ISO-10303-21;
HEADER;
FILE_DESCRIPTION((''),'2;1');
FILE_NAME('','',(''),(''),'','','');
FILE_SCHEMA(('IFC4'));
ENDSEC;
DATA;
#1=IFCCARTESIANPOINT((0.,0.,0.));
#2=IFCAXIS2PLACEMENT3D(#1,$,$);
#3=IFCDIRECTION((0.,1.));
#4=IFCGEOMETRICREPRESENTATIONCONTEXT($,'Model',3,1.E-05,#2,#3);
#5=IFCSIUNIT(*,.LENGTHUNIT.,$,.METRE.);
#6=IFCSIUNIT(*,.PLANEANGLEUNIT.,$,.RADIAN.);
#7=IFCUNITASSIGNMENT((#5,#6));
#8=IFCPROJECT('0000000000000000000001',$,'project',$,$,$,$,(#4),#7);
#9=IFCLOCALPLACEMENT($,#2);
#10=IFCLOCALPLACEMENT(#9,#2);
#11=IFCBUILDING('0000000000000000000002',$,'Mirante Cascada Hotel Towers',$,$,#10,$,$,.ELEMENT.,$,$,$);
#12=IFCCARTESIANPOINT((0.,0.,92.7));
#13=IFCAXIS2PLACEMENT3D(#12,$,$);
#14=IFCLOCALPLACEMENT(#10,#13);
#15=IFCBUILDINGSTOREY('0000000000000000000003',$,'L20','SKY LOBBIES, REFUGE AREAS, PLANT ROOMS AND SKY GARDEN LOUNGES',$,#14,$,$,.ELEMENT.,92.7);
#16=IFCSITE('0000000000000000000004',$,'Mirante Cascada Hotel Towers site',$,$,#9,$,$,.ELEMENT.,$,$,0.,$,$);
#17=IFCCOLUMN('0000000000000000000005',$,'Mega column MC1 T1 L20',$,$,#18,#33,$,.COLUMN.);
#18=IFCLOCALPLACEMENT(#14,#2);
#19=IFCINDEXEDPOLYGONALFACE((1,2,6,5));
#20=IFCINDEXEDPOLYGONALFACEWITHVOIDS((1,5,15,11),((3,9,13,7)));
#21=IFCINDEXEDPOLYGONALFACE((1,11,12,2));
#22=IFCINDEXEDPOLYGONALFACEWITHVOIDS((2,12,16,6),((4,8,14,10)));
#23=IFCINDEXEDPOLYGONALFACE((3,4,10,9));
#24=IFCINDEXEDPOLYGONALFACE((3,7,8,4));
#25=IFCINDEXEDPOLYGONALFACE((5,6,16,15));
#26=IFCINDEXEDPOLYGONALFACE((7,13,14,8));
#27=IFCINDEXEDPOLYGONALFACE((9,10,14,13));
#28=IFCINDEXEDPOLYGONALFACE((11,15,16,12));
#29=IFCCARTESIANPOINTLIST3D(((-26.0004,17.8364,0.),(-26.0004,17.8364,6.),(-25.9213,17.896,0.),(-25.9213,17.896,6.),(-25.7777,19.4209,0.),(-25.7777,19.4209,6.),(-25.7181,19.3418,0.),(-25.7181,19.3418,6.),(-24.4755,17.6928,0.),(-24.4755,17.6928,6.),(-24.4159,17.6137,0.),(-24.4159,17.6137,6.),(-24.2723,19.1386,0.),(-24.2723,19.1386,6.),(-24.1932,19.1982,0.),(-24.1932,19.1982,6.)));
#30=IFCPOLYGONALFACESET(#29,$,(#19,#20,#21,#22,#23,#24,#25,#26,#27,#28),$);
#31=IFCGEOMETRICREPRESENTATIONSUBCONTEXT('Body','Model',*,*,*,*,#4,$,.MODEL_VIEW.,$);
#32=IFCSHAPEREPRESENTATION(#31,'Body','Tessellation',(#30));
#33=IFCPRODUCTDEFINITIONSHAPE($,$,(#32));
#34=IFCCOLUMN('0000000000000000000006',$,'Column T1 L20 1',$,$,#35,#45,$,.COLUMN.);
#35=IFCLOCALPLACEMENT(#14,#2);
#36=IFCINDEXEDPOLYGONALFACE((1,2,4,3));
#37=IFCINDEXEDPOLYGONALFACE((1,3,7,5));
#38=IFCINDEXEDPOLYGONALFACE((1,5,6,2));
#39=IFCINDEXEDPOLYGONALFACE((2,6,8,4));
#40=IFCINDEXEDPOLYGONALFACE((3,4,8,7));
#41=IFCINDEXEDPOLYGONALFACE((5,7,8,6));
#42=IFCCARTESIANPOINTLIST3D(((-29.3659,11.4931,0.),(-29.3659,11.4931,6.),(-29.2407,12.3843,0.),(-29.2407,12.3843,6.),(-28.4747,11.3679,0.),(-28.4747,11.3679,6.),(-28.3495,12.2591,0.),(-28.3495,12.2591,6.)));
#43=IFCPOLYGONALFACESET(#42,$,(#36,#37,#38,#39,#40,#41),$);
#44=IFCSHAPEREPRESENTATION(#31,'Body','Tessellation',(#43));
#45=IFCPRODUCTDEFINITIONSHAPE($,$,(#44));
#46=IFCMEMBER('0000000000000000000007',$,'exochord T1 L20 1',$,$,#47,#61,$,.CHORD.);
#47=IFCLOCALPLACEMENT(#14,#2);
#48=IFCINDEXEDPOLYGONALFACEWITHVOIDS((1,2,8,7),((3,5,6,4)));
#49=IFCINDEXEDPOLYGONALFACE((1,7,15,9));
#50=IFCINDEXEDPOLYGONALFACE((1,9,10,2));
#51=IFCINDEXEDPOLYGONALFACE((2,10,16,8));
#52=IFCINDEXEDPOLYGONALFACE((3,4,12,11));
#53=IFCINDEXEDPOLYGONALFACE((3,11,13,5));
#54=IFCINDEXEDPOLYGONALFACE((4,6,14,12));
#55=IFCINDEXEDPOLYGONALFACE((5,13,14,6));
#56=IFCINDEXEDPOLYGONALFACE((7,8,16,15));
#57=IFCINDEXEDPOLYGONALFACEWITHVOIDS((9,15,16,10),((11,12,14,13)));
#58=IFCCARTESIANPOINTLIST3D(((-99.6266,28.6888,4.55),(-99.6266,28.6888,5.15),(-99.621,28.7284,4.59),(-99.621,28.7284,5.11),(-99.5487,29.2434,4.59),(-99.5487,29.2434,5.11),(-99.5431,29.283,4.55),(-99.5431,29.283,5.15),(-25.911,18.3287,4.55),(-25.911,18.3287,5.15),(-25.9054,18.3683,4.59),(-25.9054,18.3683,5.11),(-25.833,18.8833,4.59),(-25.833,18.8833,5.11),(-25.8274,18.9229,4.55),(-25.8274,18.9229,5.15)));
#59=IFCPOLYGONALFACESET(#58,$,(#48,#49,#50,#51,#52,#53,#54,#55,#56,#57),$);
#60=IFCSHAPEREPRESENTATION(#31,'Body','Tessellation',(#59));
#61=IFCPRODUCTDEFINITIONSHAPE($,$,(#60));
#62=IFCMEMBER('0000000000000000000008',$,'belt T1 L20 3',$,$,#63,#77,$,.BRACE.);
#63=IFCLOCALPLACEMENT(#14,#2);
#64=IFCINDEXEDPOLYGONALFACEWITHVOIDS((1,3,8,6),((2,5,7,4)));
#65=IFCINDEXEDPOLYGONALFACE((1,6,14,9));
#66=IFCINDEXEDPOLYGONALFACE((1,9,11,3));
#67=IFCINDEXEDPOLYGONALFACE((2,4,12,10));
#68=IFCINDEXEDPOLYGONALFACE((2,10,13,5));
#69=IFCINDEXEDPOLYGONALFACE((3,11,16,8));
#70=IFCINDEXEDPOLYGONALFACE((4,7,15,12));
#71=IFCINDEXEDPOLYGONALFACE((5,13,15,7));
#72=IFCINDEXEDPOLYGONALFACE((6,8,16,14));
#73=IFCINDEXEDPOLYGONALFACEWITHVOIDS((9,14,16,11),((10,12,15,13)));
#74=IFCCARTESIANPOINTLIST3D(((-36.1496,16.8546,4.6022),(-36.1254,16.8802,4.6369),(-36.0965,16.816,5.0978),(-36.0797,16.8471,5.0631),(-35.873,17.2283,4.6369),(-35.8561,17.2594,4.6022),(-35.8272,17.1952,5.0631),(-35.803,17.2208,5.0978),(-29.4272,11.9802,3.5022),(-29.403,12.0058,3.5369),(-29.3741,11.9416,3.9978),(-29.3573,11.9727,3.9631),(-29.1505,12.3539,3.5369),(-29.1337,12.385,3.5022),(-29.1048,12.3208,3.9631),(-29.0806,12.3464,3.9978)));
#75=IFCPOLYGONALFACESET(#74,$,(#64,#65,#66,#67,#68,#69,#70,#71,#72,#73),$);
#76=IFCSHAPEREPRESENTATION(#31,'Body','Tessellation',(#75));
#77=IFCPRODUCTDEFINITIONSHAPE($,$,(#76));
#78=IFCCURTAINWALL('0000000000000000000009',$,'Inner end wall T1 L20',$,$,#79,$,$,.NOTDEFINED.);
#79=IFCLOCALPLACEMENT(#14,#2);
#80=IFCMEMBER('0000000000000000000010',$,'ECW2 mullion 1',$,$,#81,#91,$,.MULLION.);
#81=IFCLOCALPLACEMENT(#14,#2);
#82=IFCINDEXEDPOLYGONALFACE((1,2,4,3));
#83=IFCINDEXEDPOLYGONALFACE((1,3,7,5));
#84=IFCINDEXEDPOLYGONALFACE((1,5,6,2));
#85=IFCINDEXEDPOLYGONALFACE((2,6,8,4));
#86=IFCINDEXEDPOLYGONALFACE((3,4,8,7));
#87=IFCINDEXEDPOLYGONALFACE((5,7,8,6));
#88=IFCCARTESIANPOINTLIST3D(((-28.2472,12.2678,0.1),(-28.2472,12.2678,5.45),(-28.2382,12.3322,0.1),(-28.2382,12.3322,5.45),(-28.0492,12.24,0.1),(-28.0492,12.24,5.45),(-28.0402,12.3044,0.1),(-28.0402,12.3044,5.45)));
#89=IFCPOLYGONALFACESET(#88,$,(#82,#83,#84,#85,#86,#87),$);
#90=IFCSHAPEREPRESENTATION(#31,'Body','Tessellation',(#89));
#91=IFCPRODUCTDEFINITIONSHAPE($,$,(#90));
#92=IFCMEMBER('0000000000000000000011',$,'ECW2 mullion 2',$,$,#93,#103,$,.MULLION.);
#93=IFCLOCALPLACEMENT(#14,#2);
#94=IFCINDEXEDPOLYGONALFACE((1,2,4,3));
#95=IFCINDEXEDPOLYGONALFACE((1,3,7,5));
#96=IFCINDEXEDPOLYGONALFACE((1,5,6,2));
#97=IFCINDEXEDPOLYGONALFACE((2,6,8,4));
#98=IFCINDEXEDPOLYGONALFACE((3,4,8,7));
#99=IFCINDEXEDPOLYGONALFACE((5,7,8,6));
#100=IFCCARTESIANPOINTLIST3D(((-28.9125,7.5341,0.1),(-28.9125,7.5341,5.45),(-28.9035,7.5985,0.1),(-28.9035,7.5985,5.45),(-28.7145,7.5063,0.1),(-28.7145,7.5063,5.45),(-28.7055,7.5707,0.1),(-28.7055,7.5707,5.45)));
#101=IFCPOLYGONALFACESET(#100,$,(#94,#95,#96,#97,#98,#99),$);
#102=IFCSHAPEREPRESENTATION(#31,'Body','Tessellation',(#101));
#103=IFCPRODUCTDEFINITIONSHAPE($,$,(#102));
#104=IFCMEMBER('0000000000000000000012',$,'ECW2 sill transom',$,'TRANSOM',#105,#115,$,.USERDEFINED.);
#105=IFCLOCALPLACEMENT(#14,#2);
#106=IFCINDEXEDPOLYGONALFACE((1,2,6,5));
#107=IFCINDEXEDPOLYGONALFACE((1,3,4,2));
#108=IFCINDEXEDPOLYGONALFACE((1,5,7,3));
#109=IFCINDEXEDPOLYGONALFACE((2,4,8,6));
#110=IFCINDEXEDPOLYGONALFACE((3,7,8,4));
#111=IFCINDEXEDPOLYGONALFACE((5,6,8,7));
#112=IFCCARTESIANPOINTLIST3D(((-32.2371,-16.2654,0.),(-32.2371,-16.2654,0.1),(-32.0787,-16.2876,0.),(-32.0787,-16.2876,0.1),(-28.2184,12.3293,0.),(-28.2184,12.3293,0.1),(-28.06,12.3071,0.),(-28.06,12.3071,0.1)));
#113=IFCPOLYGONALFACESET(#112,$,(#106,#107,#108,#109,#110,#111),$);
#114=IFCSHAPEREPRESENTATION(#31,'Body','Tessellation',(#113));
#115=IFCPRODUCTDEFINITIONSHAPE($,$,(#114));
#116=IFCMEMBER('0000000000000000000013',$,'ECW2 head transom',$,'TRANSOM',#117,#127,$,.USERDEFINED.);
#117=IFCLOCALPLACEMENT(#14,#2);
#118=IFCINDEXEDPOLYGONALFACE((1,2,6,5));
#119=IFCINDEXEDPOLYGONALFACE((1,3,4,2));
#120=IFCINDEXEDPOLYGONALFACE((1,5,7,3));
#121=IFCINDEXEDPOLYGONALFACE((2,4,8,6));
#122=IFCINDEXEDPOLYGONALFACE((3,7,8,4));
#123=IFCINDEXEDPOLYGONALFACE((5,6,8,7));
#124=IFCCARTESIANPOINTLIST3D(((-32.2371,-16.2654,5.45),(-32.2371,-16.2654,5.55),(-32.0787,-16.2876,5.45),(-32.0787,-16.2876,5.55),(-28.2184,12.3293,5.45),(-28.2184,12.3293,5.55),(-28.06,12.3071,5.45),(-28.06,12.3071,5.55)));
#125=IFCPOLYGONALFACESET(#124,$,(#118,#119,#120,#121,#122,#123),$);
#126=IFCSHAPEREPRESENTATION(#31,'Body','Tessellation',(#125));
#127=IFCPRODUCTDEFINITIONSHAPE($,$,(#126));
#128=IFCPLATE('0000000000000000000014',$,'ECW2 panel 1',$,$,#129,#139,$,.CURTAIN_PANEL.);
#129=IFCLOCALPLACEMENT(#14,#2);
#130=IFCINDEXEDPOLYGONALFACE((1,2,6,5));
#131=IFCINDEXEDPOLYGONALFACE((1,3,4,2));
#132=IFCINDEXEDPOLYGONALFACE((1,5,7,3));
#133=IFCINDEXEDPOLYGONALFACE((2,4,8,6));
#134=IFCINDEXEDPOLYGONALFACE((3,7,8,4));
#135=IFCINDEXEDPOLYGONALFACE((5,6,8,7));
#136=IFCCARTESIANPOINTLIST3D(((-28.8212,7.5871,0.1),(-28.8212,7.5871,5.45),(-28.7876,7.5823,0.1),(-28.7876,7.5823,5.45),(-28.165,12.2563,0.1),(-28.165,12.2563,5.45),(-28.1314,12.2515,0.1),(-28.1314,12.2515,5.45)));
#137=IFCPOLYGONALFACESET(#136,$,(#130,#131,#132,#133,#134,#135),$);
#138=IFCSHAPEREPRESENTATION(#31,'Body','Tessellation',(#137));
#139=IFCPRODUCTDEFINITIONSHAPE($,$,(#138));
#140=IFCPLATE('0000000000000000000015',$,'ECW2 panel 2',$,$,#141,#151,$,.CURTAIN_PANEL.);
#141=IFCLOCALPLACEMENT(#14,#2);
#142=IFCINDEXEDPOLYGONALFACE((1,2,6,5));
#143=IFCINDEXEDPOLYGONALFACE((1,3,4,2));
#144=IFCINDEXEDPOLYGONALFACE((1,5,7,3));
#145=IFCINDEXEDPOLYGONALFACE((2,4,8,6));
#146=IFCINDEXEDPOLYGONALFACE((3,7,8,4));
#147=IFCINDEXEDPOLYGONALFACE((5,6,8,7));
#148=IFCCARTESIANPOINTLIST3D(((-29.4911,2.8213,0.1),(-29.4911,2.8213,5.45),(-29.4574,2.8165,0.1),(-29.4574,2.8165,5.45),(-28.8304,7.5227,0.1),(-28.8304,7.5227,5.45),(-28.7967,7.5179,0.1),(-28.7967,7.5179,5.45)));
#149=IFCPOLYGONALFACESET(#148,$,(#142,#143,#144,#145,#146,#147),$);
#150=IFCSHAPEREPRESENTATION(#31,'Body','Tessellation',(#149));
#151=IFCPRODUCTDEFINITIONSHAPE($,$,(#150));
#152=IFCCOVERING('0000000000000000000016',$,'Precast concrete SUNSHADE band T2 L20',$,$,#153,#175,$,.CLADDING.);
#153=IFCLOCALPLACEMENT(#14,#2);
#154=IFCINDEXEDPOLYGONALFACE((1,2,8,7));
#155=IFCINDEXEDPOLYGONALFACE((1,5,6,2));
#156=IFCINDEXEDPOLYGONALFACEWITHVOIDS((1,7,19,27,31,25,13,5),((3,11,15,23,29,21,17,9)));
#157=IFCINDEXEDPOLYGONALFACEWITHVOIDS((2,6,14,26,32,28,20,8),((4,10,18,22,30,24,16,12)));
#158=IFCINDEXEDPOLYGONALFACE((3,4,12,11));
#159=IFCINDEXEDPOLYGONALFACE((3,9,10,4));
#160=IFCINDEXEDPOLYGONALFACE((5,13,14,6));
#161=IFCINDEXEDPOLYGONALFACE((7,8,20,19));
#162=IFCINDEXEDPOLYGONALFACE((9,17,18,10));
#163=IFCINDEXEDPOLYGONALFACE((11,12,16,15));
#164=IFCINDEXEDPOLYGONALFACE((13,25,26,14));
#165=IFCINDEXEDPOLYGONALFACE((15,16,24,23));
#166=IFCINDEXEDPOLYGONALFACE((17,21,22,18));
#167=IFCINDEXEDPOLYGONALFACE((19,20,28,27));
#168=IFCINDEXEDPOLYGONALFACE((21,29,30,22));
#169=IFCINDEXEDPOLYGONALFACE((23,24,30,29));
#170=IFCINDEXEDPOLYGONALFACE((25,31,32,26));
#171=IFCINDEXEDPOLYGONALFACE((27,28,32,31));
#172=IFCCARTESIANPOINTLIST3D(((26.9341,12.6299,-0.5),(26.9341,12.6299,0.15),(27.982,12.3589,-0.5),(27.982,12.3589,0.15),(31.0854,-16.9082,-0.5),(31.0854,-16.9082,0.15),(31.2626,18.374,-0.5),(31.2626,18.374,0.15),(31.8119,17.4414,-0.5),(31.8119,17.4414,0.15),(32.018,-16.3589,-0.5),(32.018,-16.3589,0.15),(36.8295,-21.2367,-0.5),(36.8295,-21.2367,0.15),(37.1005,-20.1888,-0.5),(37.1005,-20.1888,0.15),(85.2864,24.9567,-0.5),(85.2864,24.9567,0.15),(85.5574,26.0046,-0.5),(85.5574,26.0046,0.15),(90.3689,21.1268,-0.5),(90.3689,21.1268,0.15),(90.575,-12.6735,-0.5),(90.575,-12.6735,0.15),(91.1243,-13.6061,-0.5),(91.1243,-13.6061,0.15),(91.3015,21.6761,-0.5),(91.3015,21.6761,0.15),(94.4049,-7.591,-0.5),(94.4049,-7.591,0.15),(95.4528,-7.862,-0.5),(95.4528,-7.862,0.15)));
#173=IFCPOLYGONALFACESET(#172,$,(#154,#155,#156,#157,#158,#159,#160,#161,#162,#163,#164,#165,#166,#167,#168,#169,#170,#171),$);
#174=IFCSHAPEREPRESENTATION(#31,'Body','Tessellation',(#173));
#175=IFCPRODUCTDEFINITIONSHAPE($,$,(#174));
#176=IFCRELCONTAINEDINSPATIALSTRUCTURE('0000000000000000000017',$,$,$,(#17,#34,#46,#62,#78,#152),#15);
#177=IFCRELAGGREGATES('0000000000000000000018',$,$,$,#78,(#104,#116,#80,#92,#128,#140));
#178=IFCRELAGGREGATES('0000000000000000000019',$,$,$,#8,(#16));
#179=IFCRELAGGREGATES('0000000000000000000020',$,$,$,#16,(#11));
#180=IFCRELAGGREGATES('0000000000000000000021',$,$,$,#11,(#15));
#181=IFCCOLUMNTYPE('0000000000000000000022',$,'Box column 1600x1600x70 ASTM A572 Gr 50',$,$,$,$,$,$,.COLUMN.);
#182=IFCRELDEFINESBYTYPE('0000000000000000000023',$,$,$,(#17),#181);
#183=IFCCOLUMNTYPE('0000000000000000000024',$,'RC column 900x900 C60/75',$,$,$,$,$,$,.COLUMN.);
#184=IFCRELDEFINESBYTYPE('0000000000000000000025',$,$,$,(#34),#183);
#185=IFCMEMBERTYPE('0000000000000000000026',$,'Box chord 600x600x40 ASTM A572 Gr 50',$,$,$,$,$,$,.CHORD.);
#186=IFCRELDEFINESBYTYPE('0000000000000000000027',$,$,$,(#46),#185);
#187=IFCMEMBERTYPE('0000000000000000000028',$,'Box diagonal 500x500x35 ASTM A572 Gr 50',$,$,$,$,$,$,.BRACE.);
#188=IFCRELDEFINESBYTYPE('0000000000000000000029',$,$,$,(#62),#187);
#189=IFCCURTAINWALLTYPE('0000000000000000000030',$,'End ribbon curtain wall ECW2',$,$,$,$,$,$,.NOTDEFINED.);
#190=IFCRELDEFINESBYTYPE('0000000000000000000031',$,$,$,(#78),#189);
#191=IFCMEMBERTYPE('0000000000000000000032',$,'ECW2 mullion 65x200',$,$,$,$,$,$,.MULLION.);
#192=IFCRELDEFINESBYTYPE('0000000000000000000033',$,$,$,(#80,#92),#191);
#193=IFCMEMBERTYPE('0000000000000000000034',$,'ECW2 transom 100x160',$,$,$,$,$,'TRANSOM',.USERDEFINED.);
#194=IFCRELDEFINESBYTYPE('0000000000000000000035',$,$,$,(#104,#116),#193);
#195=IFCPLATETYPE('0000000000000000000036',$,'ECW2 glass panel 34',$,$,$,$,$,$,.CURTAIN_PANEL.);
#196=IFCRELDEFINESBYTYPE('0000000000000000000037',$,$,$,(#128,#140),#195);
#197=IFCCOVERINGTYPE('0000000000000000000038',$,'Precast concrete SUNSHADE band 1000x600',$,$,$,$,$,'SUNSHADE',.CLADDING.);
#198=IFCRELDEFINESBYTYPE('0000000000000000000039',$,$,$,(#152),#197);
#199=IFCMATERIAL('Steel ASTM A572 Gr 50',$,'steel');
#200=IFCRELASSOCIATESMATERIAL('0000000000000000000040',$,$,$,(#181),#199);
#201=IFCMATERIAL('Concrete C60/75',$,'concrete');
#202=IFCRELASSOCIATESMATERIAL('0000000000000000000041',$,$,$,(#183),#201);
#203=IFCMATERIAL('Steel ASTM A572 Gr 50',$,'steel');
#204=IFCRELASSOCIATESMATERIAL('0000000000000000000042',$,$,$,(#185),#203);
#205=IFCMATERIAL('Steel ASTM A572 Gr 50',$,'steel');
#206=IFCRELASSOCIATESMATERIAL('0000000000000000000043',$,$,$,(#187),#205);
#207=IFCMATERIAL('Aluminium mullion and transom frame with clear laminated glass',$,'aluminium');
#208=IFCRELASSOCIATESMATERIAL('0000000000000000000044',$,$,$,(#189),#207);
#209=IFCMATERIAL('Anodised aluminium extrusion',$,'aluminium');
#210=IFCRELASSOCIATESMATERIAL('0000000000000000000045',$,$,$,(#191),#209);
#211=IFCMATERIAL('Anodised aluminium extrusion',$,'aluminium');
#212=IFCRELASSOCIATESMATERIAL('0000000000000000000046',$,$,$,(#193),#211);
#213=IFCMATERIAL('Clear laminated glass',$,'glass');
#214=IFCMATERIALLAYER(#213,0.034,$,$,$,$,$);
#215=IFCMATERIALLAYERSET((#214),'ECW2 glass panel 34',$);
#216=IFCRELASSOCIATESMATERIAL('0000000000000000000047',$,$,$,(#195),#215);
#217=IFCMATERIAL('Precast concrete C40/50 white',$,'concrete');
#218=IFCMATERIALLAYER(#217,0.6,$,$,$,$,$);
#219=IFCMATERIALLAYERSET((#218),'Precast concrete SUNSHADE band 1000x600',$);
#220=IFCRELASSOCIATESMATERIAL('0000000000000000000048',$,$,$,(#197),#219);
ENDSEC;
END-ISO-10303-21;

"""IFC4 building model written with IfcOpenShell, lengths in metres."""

from ifc_helpers import new_model, si_unit, direction, frame, origin, origin_2d, place, context, subcontext, project, spatial, polyline, rectangle, hollow_rectangle, outline, extrude, material, layer, layer_set, material_profile, profile_set, type_object, element, aggregate, save


model = new_model("IFC4")

# Units and contexts
model_context = context("Model", 3, precision=1e-05, world=origin(), true_north=direction((0.0, 1.0)))
body_context = subcontext(model_context, "Body", "Model", "MODEL_VIEW")
ifc_project = project(units=[si_unit("LENGTHUNIT", "METRE"), si_unit("PLANEANGLEUNIT", "RADIAN")], contexts=[model_context])

# Site, building, storey
site_placement = place(None, origin())
site = spatial("IfcSite", under=ifc_project, at=site_placement, Name="Mirante Cascada Hotel Towers site", CompositionType="ELEMENT", RefElevation=0.0)
building_placement = place(site_placement, origin())
building = spatial("IfcBuilding", under=site, at=building_placement, Name="Mirante Cascada Hotel Towers", CompositionType="ELEMENT")
storey_placement = place(building_placement, frame((0.0, 0.0, 92.7)))
storey = spatial("IfcBuildingStorey", under=building, at=storey_placement, Name="L20", Description="SKY LOBBIES, REFUGE AREAS, PLANT ROOMS AND SKY GARDEN LOUNGES", CompositionType="ELEMENT", Elevation=92.7)

# Columns
ifc_material_1 = material(Name="Steel ASTM A572 Gr 50", Category="steel")
ifc_material_profile_1 = material_profile(ifc_material_1, hollow_rectangle(XDim=1.6, YDim=1.6, WallThickness=0.07, at=origin_2d()), Name="Box column 1600x1600x70 ASTM A572 Gr 50")
ifc_profile_set_1 = profile_set([ifc_material_profile_1], Name="Steel ASTM A572 Gr 50")
column_type_1 = type_object("IfcColumnType", Name="Box column 1600x1600x70 ASTM A572 Gr 50", PredefinedType="COLUMN", material=ifc_profile_set_1)
column_1_placement = place(storey_placement, frame((-25.0968, 18.5173, 0.0), z_axis=(0.0, 0.0, 1.0), x_axis=(-0.990268, 0.139173, 0.0)))
element("IfcColumn", 1, at=column_1_placement, inside=storey, type_object=column_type_1, Name="Mega column MC1 T1 L20", PredefinedType="COLUMN", context=body_context, shape_type="SweptSolid", body=[
    extrude(hollow_rectangle(XDim=1.6, YDim=1.6, WallThickness=0.07, at=origin_2d()), origin(), (0.0, 0.0, 1.0), 6.0),
])
ifc_material_2 = material(Name="Concrete C60/75", Category="concrete")
ifc_material_profile_2 = material_profile(ifc_material_2, rectangle(XDim=0.9, YDim=0.9, at=origin_2d()), Name="RC column 900x900 C60/75")
ifc_profile_set_2 = profile_set([ifc_material_profile_2], Name="Concrete C60/75")
column_type_2 = type_object("IfcColumnType", Name="RC column 900x900 C60/75", PredefinedType="COLUMN", material=ifc_profile_set_2)
column_2_placement = place(storey_placement, frame((-28.8577, 11.8761, 0.0), z_axis=(0.0, 0.0, 1.0), x_axis=(-0.990268, 0.139173, 0.0)))
element("IfcColumn", 2, at=column_2_placement, inside=storey, type_object=column_type_2, Name="Column T1 L20 1", PredefinedType="COLUMN", context=body_context, shape_type="SweptSolid", body=[
    extrude(rectangle(XDim=0.9, YDim=0.9, at=origin_2d()), origin(), (0.0, 0.0, 1.0), 6.0),
])

# Members
ifc_material_3 = material(Name="Steel ASTM A572 Gr 50", Category="steel")
ifc_material_profile_3 = material_profile(ifc_material_3, hollow_rectangle(XDim=0.6, YDim=0.6, WallThickness=0.04, at=origin_2d()), Name="Box chord 600x600x40 ASTM A572 Gr 50")
ifc_profile_set_3 = profile_set([ifc_material_profile_3], Name="Steel ASTM A572 Gr 50")
member_type_1 = type_object("IfcMemberType", Name="Box chord 600x600x40 ASTM A572 Gr 50", PredefinedType="CHORD", material=ifc_profile_set_3)
member_1_placement = place(storey_placement, frame((-25.8692, 18.6258, 4.85), z_axis=(-0.990268, 0.139174, 0.0), x_axis=(-0.139174, -0.990268, 0.0)))
element("IfcMember", 3, at=member_1_placement, inside=storey, type_object=member_type_1, Name="exochord T1 L20 1", PredefinedType="CHORD", context=body_context, shape_type="SweptSolid", body=[
    extrude(hollow_rectangle(XDim=0.6, YDim=0.6, WallThickness=0.04, at=origin_2d()), origin(), (0.0, 0.0, 1.0), 74.4401),
])
ifc_material_4 = material(Name="Steel ASTM A572 Gr 50", Category="steel")
ifc_material_profile_4 = material_profile(ifc_material_4, hollow_rectangle(XDim=0.5, YDim=0.5, WallThickness=0.035, at=origin_2d()), Name="Box diagonal 500x500x35 ASTM A572 Gr 50")
ifc_profile_set_4 = profile_set([ifc_material_profile_4], Name="Steel ASTM A572 Gr 50")
member_type_2 = type_object("IfcMemberType", Name="Box diagonal 500x500x35 ASTM A572 Gr 50", PredefinedType="BRACE", material=ifc_profile_set_4)
member_2_placement = place(storey_placement, frame((-29.2539, 12.1633, 3.75), z_axis=(-0.802561, 0.581936, 0.131325), x_axis=(-0.58702, -0.809573, 0.0)))
element("IfcMember", 4, at=member_2_placement, inside=storey, type_object=member_type_2, Name="belt T1 L20 3", PredefinedType="BRACE", context=body_context, shape_type="SweptSolid", body=[
    extrude(hollow_rectangle(XDim=0.5, YDim=0.5, WallThickness=0.035, at=origin_2d()), origin(), (0.0, 0.0, 1.0), 8.3762),
])

# Curtain wall, members, plates
ifc_material_5 = material(Name="Aluminium mullion and transom frame with clear laminated glass", Category="aluminium")
curtain_wall_type = type_object("IfcCurtainWallType", Name="End ribbon curtain wall ECW2", PredefinedType="NOTDEFINED", material=ifc_material_5)
curtain_wall_placement = place(storey_placement, origin())
curtain_wall = element("IfcCurtainWall", 5, at=curtain_wall_placement, inside=storey, type_object=curtain_wall_type, Name="Inner end wall T1 L20", PredefinedType="NOTDEFINED")
ifc_material_6 = material(Name="Anodised aluminium extrusion", Category="aluminium")
ifc_material_profile_5 = material_profile(ifc_material_6, rectangle(XDim=0.2, YDim=0.065, at=origin_2d()), Name="ECW2 MULLION 65x200")
ifc_profile_set_5 = profile_set([ifc_material_profile_5], Name="Anodised aluminium extrusion")
member_type_3 = type_object("IfcMemberType", Name="ECW2 mullion 65x200", PredefinedType="MULLION", material=ifc_profile_set_5)
member_3_placement = place(storey_placement, frame((-28.1437, 12.2861, 0.1), z_axis=(0.0, 0.0, 1.0), x_axis=(0.990268, -0.139173, 0.0)))
member_3 = element("IfcMember", 6, at=member_3_placement, type_object=member_type_3, Name="ECW2 mullion 1", PredefinedType="MULLION", context=body_context, shape_type="SweptSolid", body=[
    extrude(rectangle(XDim=0.2, YDim=0.065, at=origin_2d()), origin(), (0.0, 0.0, 1.0), 5.35),
])
member_4_placement = place(storey_placement, frame((-28.809, 7.5524, 0.1), z_axis=(0.0, 0.0, 1.0), x_axis=(0.990268, -0.139173, 0.0)))
member_4 = element("IfcMember", 7, at=member_4_placement, type_object=member_type_3, Name="ECW2 mullion 2", PredefinedType="MULLION", context=body_context, shape_type="SweptSolid", body=[
    extrude(rectangle(XDim=0.2, YDim=0.065, at=origin_2d()), origin(), (0.0, 0.0, 1.0), 5.35),
])
ifc_material_7 = material(Name="Anodised aluminium extrusion", Category="aluminium")
ifc_material_profile_6 = material_profile(ifc_material_7, rectangle(XDim=0.16, YDim=0.1, at=origin_2d()), Name="ECW2 TRANSOM 100x160")
ifc_profile_set_6 = profile_set([ifc_material_profile_6], Name="Anodised aluminium extrusion")
member_type_4 = type_object("IfcMemberType", Name="ECW2 transom 100x160", ElementType="TRANSOM", PredefinedType="USERDEFINED", material=ifc_profile_set_6)
member_5_placement = place(storey_placement, frame((-28.1392, 12.3182, 0.05), z_axis=(-0.139172, -0.990268, 0.0), x_axis=(0.990268, -0.139172, 0.0)))
member_5 = element("IfcMember", 8, at=member_5_placement, type_object=member_type_4, Name="ECW2 sill transom", ObjectType="TRANSOM", PredefinedType="USERDEFINED", context=body_context, shape_type="SweptSolid", body=[
    extrude(rectangle(XDim=0.16, YDim=0.1, at=origin_2d()), origin(), (0.0, 0.0, 1.0), 28.8757),
])
member_6_placement = place(storey_placement, frame((-28.1392, 12.3182, 5.5), z_axis=(-0.139172, -0.990268, 0.0), x_axis=(0.990268, -0.139172, 0.0)))
member_6 = element("IfcMember", 9, at=member_6_placement, type_object=member_type_4, Name="ECW2 head transom", ObjectType="TRANSOM", PredefinedType="USERDEFINED", context=body_context, shape_type="SweptSolid", body=[
    extrude(rectangle(XDim=0.16, YDim=0.1, at=origin_2d()), origin(), (0.0, 0.0, 1.0), 28.8757),
])
ifc_material_8 = material(Name="Clear laminated glass", Category="glass")
ifc_layer_1 = layer(ifc_material_8, 0.034)
ifc_layer_set_1 = layer_set([ifc_layer_1], Name="ECW2 glass panel 34")
plate_type = type_object("IfcPlateType", Name="ECW2 glass panel 34", PredefinedType="CURTAIN_PANEL", material=ifc_layer_set_1)
plate_1_placement = place(storey_placement, frame((-28.4763, 9.9193, 0.1), z_axis=(0.0, 0.0, 1.0), x_axis=(-0.139173, -0.990268, 0.0)))
plate_1 = element("IfcPlate", 10, at=plate_1_placement, type_object=plate_type, Name="ECW2 panel 1", PredefinedType="CURTAIN_PANEL", context=body_context, shape_type="SweptSolid", body=[
    extrude(rectangle(XDim=4.7151, YDim=0.034, at=origin_2d()), origin(), (0.0, 0.0, 1.0), 5.35),
])
plate_2_placement = place(storey_placement, frame((-29.1439, 5.1696, 0.1), z_axis=(0.0, 0.0, 1.0), x_axis=(-0.139173, -0.990268, 0.0)))
plate_2 = element("IfcPlate", 11, at=plate_2_placement, type_object=plate_type, Name="ECW2 panel 2", PredefinedType="CURTAIN_PANEL", context=body_context, shape_type="SweptSolid", body=[
    extrude(rectangle(XDim=4.7476, YDim=0.034, at=origin_2d()), origin(), (0.0, 0.0, 1.0), 5.35),
])
aggregate(curtain_wall, [member_5, member_6, member_3, member_4, plate_1, plate_2])

# Covering
ifc_material_9 = material(Name="Precast concrete C40/50 white", Category="concrete")
ifc_layer_2 = layer(ifc_material_9, 0.6)
ifc_layer_set_2 = layer_set([ifc_layer_2], Name="Precast concrete SUNSHADE band 1000x600")
covering_type = type_object("IfcCoveringType", Name="Precast concrete SUNSHADE band 1000x600", ElementType="SUNSHADE", PredefinedType="CLADDING", material=ifc_layer_set_2)
covering_placement = place(storey_placement, frame((0.0, 0.0, -0.5)))
element("IfcCovering", 12, at=covering_placement, inside=storey, type_object=covering_type, Name="Precast concrete SUNSHADE band T2 L20", PredefinedType="CLADDING", context=body_context, shape_type="SweptSolid", body=[
    extrude(outline(polyline([(26.9341, 12.6299), (31.2626, 18.374), (85.5574, 26.0046), (91.3015, 21.6761), (95.4528, -7.862), (91.1243, -13.6061), (36.8295, -21.2367), (31.0854, -16.9082), (26.9341, 12.6299)]), holes=[polyline([(94.4049, -7.591), (90.3689, 21.1268), (85.2864, 24.9567), (31.8119, 17.4414), (27.982, 12.3589), (32.018, -16.3589), (37.1005, -20.1888), (90.575, -12.6735), (94.4049, -7.591)])]), origin(), (0.0, 0.0, 1.0), 0.65),
])

save(model, "model.ifc")
